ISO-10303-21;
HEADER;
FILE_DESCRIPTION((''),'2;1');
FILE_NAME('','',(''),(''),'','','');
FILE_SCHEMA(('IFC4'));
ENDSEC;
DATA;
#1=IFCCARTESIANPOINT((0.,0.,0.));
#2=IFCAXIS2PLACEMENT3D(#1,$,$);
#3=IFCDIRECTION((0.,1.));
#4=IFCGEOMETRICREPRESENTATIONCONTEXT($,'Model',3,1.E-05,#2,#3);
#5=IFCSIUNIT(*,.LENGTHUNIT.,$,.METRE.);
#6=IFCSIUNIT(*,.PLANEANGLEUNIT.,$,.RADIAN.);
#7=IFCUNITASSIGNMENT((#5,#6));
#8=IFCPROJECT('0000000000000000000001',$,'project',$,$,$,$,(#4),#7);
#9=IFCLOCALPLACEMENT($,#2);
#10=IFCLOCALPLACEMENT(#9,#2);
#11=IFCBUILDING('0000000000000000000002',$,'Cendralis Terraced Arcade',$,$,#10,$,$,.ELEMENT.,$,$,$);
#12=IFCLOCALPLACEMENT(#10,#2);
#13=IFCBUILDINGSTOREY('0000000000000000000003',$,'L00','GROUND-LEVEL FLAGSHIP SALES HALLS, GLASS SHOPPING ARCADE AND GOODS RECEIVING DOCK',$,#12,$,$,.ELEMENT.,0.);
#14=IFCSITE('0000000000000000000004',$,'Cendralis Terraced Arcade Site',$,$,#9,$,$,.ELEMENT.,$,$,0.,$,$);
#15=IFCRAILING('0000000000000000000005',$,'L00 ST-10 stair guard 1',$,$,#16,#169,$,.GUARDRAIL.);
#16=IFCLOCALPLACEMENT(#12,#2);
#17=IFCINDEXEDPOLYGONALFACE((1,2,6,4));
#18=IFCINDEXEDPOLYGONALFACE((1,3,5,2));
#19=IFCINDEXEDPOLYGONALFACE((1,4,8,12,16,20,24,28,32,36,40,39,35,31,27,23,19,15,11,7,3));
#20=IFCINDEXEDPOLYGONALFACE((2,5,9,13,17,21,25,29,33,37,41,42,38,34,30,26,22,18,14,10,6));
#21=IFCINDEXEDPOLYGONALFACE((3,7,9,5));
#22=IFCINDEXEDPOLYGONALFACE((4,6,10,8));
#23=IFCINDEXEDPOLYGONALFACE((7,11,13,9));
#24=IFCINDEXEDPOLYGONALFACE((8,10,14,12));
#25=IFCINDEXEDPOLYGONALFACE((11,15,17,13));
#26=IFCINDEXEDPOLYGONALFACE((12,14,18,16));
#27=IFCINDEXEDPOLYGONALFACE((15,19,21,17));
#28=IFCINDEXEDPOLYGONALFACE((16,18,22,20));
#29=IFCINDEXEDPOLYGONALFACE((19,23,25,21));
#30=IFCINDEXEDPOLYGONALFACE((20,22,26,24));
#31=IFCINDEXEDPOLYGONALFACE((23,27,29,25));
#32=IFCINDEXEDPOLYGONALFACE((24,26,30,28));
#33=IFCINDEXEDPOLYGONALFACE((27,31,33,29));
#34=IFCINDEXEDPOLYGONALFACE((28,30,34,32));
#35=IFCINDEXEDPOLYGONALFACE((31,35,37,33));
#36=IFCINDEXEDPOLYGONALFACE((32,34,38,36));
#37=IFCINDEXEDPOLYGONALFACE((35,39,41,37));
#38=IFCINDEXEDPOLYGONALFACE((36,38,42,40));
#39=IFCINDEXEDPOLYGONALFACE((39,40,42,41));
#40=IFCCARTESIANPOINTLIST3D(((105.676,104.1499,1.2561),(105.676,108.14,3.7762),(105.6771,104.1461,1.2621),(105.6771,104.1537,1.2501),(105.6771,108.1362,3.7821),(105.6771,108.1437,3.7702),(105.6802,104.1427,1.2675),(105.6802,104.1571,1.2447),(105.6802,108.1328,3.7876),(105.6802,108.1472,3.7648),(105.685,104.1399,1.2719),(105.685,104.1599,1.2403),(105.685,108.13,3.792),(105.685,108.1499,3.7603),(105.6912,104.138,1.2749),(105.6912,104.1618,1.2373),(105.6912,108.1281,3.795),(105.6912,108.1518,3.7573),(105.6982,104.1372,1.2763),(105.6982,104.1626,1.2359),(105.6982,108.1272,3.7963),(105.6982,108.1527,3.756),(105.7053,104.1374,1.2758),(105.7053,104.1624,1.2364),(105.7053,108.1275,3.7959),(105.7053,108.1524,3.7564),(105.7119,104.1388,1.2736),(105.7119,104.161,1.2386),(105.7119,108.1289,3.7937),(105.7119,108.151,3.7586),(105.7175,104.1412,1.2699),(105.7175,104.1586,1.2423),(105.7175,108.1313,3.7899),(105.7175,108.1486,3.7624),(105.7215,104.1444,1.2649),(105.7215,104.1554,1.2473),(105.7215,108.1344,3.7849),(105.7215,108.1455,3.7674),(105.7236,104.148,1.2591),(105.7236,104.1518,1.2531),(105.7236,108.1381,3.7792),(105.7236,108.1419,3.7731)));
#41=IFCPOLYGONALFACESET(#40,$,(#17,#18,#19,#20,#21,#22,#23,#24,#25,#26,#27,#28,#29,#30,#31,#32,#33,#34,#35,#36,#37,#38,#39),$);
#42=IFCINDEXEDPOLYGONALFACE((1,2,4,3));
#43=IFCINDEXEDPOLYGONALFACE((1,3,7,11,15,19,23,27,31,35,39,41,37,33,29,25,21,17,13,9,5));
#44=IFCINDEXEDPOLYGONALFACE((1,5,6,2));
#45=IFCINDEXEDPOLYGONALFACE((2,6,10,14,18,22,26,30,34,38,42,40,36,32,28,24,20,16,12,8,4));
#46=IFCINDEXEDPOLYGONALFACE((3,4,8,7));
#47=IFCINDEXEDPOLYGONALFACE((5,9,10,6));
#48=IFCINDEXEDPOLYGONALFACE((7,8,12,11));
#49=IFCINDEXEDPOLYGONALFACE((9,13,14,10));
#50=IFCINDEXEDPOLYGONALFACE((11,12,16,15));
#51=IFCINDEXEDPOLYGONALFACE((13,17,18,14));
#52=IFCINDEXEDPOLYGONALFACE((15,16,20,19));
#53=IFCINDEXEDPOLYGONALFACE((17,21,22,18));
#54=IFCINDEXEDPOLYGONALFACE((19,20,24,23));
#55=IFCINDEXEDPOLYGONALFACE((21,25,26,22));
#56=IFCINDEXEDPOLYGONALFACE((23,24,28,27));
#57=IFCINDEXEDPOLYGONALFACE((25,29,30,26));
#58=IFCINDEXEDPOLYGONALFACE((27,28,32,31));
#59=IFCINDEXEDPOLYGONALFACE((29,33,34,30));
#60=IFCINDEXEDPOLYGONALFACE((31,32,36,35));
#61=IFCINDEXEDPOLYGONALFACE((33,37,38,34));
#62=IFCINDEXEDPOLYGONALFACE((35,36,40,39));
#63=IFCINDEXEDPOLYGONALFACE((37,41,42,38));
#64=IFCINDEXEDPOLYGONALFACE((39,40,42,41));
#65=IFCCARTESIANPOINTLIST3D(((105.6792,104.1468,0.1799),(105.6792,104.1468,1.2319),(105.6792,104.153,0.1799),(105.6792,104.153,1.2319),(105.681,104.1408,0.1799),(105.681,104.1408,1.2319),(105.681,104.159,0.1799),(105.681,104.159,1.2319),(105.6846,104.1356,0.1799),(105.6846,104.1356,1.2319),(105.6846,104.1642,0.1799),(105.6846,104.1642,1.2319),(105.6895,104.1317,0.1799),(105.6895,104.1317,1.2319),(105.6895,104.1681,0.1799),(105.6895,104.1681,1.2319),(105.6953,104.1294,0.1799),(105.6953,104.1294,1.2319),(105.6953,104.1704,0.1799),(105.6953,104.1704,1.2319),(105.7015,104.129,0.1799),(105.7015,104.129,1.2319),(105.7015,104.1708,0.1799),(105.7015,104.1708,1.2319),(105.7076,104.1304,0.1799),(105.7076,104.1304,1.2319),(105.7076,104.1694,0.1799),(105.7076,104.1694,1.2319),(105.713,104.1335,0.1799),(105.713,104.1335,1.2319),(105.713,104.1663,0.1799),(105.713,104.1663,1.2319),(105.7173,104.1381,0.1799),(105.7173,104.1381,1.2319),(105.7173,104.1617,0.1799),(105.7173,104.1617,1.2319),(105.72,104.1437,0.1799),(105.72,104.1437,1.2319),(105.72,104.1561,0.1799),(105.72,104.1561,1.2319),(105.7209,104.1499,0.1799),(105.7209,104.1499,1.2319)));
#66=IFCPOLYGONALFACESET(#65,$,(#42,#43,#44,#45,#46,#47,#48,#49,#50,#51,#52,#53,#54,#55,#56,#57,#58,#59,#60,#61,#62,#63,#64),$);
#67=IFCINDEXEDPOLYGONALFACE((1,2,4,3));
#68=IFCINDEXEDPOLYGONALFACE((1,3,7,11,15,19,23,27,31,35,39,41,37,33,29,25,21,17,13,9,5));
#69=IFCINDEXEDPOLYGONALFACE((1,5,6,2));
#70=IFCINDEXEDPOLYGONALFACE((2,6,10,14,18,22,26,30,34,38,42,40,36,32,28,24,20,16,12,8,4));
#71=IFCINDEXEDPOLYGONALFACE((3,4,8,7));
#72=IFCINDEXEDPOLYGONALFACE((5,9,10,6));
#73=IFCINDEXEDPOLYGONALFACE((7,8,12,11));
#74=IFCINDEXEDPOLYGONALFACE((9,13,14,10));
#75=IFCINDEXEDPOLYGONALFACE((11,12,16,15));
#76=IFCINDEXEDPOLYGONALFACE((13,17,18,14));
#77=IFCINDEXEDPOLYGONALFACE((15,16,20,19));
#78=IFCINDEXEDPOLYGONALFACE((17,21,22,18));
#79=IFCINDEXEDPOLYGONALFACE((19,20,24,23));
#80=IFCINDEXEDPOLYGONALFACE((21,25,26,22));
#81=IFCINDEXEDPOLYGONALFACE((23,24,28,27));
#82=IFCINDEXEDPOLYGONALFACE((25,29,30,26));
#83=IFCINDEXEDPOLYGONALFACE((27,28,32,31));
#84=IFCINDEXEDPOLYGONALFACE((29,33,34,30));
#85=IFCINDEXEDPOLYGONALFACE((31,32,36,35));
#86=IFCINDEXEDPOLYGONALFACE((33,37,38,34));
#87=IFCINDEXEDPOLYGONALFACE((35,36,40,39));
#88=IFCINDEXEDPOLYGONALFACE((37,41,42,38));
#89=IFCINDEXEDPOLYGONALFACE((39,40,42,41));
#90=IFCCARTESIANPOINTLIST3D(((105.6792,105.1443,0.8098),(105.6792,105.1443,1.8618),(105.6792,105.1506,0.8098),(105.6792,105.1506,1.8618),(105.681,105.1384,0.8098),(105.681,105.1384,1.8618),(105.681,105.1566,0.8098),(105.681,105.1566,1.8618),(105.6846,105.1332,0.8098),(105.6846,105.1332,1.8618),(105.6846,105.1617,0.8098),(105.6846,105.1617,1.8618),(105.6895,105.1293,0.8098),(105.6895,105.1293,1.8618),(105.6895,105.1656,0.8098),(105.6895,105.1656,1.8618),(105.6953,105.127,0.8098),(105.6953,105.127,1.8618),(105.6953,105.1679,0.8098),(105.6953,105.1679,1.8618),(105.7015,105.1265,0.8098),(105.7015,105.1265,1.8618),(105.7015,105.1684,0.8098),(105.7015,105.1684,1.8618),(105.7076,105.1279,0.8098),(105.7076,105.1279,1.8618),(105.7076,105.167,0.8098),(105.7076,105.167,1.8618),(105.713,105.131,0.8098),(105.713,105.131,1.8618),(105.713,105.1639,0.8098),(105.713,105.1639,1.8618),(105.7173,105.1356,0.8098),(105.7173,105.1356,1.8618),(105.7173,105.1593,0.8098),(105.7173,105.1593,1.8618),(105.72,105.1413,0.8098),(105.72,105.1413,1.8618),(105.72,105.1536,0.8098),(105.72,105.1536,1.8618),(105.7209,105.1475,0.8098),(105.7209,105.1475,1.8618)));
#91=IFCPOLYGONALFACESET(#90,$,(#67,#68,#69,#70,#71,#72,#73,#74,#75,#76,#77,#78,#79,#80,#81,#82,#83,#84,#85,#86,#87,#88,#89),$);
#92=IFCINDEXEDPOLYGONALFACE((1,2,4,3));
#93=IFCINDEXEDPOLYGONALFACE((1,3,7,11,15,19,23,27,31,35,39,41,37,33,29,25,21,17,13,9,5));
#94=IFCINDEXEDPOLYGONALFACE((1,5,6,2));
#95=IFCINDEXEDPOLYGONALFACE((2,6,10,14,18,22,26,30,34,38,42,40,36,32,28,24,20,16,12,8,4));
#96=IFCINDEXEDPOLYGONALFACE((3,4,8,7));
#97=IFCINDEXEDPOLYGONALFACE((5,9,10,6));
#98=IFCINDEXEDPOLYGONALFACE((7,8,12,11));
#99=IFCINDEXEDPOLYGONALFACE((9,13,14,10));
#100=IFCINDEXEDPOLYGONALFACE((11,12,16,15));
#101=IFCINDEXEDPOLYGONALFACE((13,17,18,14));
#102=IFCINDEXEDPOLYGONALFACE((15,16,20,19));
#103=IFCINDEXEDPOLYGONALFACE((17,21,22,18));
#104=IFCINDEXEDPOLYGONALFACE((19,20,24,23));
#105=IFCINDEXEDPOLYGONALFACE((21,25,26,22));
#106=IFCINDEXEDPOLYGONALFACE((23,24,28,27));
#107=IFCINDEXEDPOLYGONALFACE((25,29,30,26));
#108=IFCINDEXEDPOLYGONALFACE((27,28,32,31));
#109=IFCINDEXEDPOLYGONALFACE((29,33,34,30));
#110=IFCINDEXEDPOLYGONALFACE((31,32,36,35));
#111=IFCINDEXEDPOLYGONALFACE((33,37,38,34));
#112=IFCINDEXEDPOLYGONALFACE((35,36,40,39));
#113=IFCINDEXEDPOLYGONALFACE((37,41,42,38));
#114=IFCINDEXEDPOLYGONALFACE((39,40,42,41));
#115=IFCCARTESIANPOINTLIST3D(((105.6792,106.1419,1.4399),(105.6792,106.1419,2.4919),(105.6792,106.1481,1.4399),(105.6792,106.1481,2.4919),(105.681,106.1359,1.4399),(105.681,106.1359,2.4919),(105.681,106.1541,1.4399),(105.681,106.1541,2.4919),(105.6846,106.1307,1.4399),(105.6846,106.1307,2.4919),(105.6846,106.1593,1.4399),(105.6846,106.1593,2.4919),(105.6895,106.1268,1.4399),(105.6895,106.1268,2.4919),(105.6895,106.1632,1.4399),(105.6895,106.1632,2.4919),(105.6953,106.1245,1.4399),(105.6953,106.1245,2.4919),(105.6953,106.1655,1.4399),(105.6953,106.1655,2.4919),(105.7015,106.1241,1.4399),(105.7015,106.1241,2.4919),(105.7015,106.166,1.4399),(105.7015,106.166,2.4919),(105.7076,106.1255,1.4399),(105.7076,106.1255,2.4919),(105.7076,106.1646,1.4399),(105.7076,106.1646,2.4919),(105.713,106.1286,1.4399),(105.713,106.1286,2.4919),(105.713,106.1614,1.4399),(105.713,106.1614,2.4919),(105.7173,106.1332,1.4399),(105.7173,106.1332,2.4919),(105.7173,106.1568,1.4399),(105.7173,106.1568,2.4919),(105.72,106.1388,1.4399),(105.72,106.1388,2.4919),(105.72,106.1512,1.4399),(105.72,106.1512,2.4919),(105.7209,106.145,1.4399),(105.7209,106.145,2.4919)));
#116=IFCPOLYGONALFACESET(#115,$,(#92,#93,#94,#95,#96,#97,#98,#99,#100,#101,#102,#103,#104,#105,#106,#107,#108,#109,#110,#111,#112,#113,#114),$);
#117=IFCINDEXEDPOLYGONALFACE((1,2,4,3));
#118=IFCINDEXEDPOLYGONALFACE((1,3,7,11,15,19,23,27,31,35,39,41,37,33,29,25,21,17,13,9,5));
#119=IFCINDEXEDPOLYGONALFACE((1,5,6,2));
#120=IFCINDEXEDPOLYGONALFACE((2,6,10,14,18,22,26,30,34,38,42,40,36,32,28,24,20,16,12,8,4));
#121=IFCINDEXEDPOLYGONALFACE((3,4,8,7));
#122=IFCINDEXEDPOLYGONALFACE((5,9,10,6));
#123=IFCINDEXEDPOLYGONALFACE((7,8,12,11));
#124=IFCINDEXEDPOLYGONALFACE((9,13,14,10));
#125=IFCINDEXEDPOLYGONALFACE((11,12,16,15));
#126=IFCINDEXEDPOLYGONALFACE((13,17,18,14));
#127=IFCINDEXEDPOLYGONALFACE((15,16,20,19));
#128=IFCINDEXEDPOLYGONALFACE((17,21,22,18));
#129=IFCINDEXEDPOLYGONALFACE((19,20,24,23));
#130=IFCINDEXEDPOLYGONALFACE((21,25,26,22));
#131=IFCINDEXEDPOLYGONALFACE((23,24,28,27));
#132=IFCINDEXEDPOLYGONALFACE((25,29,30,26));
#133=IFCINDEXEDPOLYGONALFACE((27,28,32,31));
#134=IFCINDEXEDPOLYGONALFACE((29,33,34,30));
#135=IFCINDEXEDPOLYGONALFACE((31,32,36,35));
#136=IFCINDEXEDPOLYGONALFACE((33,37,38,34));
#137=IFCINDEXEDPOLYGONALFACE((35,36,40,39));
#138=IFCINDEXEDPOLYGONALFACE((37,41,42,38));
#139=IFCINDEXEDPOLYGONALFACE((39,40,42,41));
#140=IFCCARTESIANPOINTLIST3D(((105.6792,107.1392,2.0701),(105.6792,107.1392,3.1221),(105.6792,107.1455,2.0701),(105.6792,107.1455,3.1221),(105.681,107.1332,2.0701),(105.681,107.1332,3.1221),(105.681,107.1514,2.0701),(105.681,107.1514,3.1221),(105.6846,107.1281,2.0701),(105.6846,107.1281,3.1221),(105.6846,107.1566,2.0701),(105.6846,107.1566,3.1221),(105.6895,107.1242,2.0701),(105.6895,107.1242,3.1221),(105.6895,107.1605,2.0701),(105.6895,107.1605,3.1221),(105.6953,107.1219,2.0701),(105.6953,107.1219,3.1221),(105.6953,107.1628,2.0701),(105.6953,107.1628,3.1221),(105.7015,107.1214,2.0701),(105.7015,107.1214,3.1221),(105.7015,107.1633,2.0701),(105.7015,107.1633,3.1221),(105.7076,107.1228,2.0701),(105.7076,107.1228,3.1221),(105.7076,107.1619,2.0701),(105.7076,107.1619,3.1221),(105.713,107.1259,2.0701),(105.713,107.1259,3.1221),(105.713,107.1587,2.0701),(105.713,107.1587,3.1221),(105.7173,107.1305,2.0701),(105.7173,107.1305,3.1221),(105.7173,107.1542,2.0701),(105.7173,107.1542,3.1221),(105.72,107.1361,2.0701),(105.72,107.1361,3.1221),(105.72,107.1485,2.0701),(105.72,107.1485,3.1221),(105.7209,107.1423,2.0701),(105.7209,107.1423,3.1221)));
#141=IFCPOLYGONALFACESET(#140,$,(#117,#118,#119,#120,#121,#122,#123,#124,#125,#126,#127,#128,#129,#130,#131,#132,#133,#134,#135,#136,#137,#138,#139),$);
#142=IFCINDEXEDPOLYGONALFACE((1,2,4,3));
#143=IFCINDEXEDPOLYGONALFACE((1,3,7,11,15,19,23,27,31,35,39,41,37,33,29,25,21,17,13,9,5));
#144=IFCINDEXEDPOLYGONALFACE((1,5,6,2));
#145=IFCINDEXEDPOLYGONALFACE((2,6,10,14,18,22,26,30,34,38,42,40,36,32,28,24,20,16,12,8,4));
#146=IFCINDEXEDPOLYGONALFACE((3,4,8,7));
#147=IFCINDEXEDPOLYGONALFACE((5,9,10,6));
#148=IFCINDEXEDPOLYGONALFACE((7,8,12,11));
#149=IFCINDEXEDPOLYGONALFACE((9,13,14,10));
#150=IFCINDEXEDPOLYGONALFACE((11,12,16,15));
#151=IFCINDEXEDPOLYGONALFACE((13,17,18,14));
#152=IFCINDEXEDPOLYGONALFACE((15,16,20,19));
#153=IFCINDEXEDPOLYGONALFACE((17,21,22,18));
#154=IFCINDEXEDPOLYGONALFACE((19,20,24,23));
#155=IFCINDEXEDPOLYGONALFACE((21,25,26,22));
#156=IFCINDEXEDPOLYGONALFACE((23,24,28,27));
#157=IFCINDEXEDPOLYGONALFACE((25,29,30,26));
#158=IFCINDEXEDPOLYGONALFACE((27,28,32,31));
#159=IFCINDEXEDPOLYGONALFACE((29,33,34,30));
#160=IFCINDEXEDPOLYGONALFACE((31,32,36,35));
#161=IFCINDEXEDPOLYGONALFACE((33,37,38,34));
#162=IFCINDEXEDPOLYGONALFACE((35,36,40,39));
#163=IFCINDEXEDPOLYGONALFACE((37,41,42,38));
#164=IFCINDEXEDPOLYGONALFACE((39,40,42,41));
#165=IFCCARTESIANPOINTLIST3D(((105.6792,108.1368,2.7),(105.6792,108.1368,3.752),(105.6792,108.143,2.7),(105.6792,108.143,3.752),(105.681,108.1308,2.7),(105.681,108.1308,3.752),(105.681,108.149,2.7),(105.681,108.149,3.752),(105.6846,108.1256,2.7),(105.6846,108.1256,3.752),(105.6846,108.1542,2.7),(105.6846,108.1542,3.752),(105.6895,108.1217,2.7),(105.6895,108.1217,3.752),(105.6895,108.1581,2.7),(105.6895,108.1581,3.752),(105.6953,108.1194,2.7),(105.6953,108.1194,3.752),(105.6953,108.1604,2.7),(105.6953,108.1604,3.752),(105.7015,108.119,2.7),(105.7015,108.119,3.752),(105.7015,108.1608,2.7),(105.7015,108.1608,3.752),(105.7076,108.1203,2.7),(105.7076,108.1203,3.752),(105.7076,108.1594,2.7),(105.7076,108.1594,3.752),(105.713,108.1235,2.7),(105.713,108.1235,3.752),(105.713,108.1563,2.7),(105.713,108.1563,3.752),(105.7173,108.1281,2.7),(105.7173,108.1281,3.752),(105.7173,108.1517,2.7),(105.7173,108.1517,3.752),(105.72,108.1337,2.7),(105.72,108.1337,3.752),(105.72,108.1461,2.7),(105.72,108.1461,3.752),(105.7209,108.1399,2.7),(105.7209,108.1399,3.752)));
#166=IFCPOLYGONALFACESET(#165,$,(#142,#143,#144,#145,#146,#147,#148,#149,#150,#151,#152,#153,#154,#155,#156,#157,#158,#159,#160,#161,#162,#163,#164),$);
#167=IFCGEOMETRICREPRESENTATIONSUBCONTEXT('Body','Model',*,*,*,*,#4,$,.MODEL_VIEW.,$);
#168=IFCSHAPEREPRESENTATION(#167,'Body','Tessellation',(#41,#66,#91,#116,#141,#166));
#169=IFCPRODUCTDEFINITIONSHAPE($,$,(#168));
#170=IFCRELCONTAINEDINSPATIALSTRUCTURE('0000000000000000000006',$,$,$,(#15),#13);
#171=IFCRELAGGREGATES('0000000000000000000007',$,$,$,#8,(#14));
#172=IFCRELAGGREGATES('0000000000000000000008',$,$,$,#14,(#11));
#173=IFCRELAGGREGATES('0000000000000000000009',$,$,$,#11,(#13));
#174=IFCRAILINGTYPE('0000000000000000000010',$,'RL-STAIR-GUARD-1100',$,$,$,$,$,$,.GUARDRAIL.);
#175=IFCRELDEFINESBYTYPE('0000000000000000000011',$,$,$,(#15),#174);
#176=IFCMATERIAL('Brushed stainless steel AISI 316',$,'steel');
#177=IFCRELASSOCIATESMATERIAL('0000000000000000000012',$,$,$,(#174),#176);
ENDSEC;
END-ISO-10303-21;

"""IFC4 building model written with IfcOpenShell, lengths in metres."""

from ifc_helpers import new_model, si_unit, direction, frame, origin, origin_2d, place, context, subcontext, project, spatial, circle, extrude, material, type_object, element, save


model = new_model("IFC4")

# Units and contexts
model_context = context("Model", 3, precision=1e-05, world=origin(), true_north=direction((0.0, 1.0)))
body_context = subcontext(model_context, "Body", "Model", "MODEL_VIEW")
ifc_project = project(units=[si_unit("LENGTHUNIT", "METRE"), si_unit("PLANEANGLEUNIT", "RADIAN")], contexts=[model_context])

# Site, building, storey
site_placement = place(None, origin())
site = spatial("IfcSite", under=ifc_project, at=site_placement, Name="Cendralis Terraced Arcade Site", CompositionType="ELEMENT", RefElevation=0.0)
building_placement = place(site_placement, origin())
building = spatial("IfcBuilding", under=site, at=building_placement, Name="Cendralis Terraced Arcade", CompositionType="ELEMENT")
storey_placement = place(building_placement, origin())
storey = spatial("IfcBuildingStorey", under=building, at=storey_placement, Name="L00", Description="GROUND-LEVEL FLAGSHIP SALES HALLS, GLASS SHOPPING ARCADE AND GOODS RECEIVING DOCK", CompositionType="ELEMENT", Elevation=0.0)

# Railing
ifc_material_1 = material(Name="Brushed stainless steel AISI 316", Category="steel")
railing_type_1 = type_object("IfcRailingType", Name="RL-STAIR-GUARD-1100", PredefinedType="GUARDRAIL", material=ifc_material_1)
railing_1_placement = place(storey_placement, frame((105.7, 104.1499, 0.1799)))
element("IfcRailing", 1, at=railing_1_placement, inside=storey, type_object=railing_type_1, Name="L00 ST-10 stair guard 1", PredefinedType="GUARDRAIL", context=body_context, shape_type="SweptSolid", body=[
    extrude(circle(Radius=0.0239, at=origin_2d()), frame((0.0, 0.0, 1.0762), z_axis=(0.0, 0.845486, 0.533997), x_axis=(-1.0, 0.0, 0.0)), (0.0, 0.0, 1.0), 4.7192),
    extrude(circle(Radius=0.021, at=origin_2d()), origin(), (0.0, 0.0, 1.0), 1.052),
    extrude(circle(Radius=0.021, at=origin_2d()), frame((0.0, 0.9976, 0.6299)), (0.0, 0.0, 1.0), 1.052),
    extrude(circle(Radius=0.021, at=origin_2d()), frame((0.0, 1.9951, 1.26)), (0.0, 0.0, 1.0), 1.052),
    extrude(circle(Radius=0.021, at=origin_2d()), frame((0.0, 2.9924, 1.8901)), (0.0, 0.0, 1.0), 1.052),
    extrude(circle(Radius=0.021, at=origin_2d()), frame((0.0, 3.99, 2.52)), (0.0, 0.0, 1.0), 1.052),
])

save(model, "model.ifc")
